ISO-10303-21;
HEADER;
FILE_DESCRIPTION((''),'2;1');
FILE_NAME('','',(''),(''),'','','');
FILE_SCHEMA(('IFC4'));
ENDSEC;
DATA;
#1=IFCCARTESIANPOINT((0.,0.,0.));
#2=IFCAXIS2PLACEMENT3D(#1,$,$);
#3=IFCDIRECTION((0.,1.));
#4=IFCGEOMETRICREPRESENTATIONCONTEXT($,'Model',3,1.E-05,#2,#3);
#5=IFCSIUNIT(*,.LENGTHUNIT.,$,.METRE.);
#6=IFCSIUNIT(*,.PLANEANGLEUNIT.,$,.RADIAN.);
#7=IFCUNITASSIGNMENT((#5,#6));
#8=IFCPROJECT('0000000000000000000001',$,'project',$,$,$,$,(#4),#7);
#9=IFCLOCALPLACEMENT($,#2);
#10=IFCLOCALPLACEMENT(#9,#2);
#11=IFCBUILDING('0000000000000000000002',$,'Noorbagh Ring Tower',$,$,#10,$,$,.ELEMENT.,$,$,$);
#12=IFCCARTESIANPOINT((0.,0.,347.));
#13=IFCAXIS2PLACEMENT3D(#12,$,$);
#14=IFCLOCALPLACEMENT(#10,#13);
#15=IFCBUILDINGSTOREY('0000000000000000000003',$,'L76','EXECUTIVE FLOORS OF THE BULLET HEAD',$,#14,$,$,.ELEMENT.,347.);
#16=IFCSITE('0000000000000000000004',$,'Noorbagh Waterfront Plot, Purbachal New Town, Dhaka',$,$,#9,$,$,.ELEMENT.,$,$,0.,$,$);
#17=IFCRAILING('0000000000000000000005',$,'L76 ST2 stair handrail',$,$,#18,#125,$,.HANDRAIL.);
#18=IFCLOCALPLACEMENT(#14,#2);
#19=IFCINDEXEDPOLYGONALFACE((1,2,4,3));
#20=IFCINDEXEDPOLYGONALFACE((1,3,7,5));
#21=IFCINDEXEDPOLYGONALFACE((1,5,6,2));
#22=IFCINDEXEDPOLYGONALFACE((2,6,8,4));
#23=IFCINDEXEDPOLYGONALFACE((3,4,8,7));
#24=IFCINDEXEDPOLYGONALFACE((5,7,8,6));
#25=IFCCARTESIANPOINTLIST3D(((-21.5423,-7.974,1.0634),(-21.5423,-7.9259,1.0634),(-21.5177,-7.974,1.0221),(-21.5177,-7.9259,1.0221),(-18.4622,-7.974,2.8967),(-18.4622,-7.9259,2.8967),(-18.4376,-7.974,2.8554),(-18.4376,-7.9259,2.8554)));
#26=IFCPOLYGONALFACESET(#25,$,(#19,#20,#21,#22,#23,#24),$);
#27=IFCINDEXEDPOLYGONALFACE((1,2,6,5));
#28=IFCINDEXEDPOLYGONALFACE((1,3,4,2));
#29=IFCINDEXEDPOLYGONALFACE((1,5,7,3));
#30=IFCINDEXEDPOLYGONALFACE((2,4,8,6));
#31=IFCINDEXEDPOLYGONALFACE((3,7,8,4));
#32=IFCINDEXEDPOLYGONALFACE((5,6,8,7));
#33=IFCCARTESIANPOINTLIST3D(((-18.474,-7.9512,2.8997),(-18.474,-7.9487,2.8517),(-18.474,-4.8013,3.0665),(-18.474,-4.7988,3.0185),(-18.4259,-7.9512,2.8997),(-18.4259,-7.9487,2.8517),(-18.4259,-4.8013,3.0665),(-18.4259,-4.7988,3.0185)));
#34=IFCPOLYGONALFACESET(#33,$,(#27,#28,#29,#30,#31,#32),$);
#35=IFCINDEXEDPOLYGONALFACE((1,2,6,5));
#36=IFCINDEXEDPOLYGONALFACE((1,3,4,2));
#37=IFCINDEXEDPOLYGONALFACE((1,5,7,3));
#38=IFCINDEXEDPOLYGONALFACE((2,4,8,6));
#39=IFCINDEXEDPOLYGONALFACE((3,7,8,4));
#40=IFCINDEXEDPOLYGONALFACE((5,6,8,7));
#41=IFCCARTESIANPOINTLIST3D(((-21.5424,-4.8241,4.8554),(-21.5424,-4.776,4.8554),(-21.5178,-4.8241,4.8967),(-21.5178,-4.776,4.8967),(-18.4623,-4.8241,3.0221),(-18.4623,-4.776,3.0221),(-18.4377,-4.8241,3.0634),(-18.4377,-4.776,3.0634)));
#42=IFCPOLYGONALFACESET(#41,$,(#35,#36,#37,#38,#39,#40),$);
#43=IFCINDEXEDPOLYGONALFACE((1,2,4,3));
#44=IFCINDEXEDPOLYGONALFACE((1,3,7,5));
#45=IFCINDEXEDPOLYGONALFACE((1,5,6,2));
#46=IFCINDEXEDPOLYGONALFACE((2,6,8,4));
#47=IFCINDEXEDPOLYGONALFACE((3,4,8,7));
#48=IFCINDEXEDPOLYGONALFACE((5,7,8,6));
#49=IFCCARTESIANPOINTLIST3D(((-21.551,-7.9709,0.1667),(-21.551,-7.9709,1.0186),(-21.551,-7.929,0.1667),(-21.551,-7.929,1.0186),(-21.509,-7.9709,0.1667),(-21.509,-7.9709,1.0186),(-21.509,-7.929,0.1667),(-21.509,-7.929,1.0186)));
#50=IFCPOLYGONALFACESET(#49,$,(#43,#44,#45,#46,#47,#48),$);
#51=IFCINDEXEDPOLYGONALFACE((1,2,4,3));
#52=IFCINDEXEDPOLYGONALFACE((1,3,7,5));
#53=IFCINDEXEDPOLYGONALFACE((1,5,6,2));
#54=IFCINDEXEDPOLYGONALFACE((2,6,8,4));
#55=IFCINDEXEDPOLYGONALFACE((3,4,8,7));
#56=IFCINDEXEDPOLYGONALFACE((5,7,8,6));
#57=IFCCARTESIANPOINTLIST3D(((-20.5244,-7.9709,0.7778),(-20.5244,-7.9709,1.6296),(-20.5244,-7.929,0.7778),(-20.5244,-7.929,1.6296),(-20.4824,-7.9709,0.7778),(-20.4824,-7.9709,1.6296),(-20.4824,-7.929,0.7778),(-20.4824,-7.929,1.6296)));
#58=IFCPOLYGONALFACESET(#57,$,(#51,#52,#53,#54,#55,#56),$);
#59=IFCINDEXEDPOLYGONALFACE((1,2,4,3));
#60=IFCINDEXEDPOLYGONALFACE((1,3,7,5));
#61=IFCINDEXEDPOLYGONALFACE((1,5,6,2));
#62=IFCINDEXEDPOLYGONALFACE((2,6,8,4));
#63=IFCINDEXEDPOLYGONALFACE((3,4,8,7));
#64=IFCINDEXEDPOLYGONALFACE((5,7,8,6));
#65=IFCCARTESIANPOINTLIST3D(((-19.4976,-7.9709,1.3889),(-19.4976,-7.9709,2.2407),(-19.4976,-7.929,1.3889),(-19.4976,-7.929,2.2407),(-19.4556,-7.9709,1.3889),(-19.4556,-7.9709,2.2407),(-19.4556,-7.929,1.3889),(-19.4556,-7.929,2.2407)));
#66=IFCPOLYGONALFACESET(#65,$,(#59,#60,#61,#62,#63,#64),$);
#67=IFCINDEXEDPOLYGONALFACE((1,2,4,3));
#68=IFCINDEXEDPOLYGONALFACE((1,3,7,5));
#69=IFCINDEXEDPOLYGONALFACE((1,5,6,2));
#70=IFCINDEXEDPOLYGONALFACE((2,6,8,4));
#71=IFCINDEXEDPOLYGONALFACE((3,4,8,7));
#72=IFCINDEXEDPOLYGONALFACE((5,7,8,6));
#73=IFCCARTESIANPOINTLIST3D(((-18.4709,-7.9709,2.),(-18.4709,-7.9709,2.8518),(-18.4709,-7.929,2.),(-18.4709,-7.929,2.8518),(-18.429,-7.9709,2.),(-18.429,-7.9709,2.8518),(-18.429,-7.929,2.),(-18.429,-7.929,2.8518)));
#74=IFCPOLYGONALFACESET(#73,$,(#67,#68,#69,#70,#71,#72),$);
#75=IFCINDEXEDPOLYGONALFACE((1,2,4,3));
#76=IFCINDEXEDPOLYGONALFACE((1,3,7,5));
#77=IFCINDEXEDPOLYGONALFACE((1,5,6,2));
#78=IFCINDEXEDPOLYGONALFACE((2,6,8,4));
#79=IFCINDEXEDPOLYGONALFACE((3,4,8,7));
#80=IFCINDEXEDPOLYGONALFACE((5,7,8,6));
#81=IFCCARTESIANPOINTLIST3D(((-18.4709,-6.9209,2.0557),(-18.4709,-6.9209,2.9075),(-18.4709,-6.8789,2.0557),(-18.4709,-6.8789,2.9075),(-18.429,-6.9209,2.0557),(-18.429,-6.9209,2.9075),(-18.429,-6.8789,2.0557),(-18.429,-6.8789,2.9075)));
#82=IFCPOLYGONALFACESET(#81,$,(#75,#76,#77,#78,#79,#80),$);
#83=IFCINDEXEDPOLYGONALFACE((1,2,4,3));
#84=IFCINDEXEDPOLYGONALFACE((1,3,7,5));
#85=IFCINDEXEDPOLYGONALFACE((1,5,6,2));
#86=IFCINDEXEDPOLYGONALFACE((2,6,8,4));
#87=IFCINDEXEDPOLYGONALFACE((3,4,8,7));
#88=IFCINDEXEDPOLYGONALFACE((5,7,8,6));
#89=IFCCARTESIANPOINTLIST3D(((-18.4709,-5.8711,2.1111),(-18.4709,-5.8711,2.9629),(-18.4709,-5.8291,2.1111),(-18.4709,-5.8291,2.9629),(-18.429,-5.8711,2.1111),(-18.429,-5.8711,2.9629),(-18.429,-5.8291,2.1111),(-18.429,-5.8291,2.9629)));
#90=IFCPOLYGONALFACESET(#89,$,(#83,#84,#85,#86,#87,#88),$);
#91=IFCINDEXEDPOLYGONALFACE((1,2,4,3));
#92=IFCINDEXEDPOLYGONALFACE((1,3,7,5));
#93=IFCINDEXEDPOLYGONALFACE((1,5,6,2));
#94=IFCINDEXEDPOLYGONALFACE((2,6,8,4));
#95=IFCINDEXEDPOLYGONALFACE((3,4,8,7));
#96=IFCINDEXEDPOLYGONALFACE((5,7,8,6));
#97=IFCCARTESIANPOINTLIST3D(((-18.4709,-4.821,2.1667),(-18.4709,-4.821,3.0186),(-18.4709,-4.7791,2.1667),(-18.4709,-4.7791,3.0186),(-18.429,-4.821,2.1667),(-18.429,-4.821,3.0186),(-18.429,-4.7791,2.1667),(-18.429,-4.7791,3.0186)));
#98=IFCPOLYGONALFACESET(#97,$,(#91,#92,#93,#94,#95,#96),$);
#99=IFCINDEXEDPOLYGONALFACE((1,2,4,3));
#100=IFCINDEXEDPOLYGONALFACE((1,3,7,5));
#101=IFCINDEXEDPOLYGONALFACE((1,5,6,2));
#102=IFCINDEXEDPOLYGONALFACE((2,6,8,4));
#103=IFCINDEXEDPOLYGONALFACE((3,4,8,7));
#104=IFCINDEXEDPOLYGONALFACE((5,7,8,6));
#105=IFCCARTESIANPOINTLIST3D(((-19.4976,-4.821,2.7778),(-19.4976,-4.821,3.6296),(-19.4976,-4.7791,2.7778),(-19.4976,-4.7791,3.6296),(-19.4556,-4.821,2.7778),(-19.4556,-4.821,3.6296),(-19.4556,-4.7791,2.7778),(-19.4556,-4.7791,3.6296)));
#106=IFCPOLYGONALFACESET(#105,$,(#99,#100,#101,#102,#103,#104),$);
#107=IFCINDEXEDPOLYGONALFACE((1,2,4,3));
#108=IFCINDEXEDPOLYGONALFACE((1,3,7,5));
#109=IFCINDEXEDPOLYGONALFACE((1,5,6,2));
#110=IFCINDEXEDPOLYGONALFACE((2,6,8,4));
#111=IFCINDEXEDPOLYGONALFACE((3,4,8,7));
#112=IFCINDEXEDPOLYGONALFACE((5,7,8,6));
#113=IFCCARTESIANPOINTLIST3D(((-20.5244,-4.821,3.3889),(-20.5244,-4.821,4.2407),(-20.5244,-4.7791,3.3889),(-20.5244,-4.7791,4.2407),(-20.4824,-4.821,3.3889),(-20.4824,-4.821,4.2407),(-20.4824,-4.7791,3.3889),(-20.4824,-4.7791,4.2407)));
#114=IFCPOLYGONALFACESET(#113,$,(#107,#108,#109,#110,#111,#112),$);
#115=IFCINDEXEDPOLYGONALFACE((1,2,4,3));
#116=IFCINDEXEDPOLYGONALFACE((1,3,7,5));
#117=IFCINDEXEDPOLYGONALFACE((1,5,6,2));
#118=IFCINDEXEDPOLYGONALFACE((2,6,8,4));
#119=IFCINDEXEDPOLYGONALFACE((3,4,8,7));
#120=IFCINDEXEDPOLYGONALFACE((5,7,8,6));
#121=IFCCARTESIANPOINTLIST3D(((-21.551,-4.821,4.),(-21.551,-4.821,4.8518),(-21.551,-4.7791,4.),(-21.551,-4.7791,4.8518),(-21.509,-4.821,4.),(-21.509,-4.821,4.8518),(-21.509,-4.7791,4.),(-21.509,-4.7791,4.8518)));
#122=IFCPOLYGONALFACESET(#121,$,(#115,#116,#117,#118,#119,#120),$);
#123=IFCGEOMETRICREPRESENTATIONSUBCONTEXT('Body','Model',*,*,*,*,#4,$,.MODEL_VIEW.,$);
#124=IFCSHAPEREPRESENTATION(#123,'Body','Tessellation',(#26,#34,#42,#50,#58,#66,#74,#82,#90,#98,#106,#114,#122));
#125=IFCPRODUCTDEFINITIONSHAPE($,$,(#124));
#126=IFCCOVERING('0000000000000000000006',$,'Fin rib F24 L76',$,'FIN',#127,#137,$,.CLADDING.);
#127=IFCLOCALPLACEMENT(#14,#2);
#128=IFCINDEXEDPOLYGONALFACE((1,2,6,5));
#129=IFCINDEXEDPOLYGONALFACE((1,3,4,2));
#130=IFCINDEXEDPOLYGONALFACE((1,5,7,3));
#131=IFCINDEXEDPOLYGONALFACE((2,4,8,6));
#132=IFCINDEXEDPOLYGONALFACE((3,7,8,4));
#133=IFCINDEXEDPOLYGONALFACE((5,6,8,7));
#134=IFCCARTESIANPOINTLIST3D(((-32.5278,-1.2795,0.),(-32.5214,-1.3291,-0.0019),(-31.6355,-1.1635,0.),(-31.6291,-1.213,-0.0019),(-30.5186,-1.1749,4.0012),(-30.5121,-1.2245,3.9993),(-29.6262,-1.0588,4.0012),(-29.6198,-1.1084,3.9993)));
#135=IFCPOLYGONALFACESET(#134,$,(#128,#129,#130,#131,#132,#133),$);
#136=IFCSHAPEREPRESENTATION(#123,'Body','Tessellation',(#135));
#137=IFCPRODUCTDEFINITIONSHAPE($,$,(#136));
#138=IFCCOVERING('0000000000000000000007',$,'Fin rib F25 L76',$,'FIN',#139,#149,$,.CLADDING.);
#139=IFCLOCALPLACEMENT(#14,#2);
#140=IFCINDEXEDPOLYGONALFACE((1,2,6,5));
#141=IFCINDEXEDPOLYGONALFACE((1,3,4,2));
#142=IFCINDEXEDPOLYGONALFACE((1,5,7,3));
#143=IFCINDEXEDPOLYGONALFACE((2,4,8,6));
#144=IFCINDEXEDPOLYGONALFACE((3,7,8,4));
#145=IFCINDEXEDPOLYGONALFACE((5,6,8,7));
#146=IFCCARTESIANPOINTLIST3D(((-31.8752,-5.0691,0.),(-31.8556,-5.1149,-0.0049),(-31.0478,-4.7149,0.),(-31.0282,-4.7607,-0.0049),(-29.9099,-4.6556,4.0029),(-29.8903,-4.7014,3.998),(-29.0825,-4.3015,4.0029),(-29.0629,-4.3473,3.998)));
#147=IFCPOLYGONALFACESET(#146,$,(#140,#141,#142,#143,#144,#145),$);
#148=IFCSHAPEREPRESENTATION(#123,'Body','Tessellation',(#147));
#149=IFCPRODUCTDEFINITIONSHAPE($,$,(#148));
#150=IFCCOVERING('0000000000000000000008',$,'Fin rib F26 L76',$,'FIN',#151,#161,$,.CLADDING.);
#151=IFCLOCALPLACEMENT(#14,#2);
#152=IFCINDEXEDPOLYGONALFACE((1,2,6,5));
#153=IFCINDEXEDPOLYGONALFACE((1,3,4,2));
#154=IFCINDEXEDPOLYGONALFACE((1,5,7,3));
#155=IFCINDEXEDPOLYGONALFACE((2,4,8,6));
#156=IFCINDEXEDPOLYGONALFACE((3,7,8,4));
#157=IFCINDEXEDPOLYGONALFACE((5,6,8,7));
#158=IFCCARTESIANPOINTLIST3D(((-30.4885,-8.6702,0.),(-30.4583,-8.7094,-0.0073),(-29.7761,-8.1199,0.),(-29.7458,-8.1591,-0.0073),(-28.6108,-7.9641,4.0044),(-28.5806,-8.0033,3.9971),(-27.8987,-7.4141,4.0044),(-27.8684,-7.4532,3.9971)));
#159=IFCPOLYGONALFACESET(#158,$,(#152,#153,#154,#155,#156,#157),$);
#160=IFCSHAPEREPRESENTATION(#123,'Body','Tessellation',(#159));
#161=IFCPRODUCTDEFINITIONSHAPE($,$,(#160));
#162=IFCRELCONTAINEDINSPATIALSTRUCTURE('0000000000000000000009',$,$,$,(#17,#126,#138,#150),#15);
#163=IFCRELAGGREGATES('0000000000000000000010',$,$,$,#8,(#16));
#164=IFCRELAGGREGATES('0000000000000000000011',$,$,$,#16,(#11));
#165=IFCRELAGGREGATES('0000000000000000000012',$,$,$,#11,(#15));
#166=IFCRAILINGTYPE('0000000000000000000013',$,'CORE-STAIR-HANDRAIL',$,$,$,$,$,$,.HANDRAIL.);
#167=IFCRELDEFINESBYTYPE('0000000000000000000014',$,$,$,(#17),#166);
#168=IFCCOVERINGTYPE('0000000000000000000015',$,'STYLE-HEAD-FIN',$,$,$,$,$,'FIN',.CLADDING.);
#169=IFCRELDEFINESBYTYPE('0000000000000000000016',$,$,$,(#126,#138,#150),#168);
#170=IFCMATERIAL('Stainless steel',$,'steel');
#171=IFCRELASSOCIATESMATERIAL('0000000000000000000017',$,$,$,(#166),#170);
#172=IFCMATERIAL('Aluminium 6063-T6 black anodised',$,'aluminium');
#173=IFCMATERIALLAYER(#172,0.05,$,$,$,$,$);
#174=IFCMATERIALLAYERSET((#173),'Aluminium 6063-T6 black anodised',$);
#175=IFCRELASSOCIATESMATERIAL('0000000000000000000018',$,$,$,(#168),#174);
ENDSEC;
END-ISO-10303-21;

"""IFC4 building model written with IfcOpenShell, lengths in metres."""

from ifc_helpers import new_model, si_unit, direction, frame, origin, origin_2d, place, context, subcontext, project, spatial, polyline, rectangle, outline, extrude, material, layer, layer_set, type_object, element, save


model = new_model("IFC4")

# Units and contexts
model_context = context("Model", 3, precision=1e-05, world=origin(), true_north=direction((0.0, 1.0)))
body_context = subcontext(model_context, "Body", "Model", "MODEL_VIEW")
ifc_project = project(units=[si_unit("LENGTHUNIT", "METRE"), si_unit("PLANEANGLEUNIT", "RADIAN")], contexts=[model_context])

# Site, building, storey
site_placement = place(None, origin())
site = spatial("IfcSite", under=ifc_project, at=site_placement, Name="Noorbagh Waterfront Plot, Purbachal New Town, Dhaka", CompositionType="ELEMENT", RefElevation=0.0)
building_placement = place(site_placement, origin())
building = spatial("IfcBuilding", under=site, at=building_placement, Name="Noorbagh Ring Tower", CompositionType="ELEMENT")
storey_placement = place(building_placement, frame((0.0, 0.0, 347.0)))
storey = spatial("IfcBuildingStorey", under=building, at=storey_placement, Name="L76", Description="EXECUTIVE FLOORS OF THE BULLET HEAD", CompositionType="ELEMENT", Elevation=347.0)

# Railing
ifc_material_1 = material(Name="Stainless steel", Category="steel")
railing_type_1 = type_object("IfcRailingType", Name="CORE-STAIR-HANDRAIL", PredefinedType="HANDRAIL", material=ifc_material_1)
railing_1_placement = place(storey_placement, frame((-21.53, -7.95, 0.1667)))
element("IfcRailing", 1, at=railing_1_placement, inside=storey, type_object=railing_type_1, Name="L76 ST2 stair handrail", PredefinedType="HANDRAIL", context=body_context, shape_type="SweptSolid", body=[
    extrude(rectangle(XDim=0.0481, YDim=0.0481, at=origin_2d()), frame((0.0, 0.0, 0.876), z_axis=(0.859309, 0.0, 0.511458), x_axis=(0.0, 1.0, 0.0)), (0.0, 0.0, 1.0), 3.5845),
    extrude(rectangle(XDim=0.0481, YDim=0.0481, at=origin_2d()), frame((3.0801, 0.0, 2.709), z_axis=(0.0, 0.998602, 0.052864), x_axis=(-1.0, 0.0, 0.0)), (0.0, 0.0, 1.0), 3.1543),
    extrude(rectangle(XDim=0.0481, YDim=0.0481, at=origin_2d()), frame((3.0801, 3.1499, 2.876), z_axis=(-0.859309, 0.0, 0.511458), x_axis=(0.0, -1.0, 0.0)), (0.0, 0.0, 1.0), 3.5845),
    extrude(rectangle(XDim=0.042, YDim=0.042, at=origin_2d()), origin(), (0.0, 0.0, 1.0), 0.8518),
    extrude(rectangle(XDim=0.042, YDim=0.042, at=origin_2d()), frame((1.0266, 0.0, 0.6111)), (0.0, 0.0, 1.0), 0.8518),
    extrude(rectangle(XDim=0.042, YDim=0.042, at=origin_2d()), frame((2.0535, 0.0, 1.2222)), (0.0, 0.0, 1.0), 0.8518),
    extrude(rectangle(XDim=0.042, YDim=0.042, at=origin_2d()), frame((3.0801, 0.0, 1.8333)), (0.0, 0.0, 1.0), 0.8518),
    extrude(rectangle(XDim=0.042, YDim=0.042, at=origin_2d()), frame((3.0801, 1.05, 1.8889)), (0.0, 0.0, 1.0), 0.8518),
    extrude(rectangle(XDim=0.042, YDim=0.042, at=origin_2d()), frame((3.0801, 2.0999, 1.9443)), (0.0, 0.0, 1.0), 0.8518),
    extrude(rectangle(XDim=0.042, YDim=0.042, at=origin_2d()), frame((3.0801, 3.1499, 2.0)), (0.0, 0.0, 1.0), 0.8518),
    extrude(rectangle(XDim=0.042, YDim=0.042, at=origin_2d()), frame((2.0535, 3.1499, 2.6111)), (0.0, 0.0, 1.0), 0.8518),
    extrude(rectangle(XDim=0.042, YDim=0.042, at=origin_2d()), frame((1.0266, 3.1499, 3.2222)), (0.0, 0.0, 1.0), 0.8518),
    extrude(rectangle(XDim=0.042, YDim=0.042, at=origin_2d()), frame((0.0, 3.1499, 3.8333)), (0.0, 0.0, 1.0), 0.8518),
])

# Coverings
ifc_material_2 = material(Name="Aluminium 6063-T6 black anodised", Category="aluminium")
ifc_layer_1 = layer(ifc_material_2, 0.05)
ifc_layer_set_1 = layer_set([ifc_layer_1], Name="Aluminium 6063-T6 black anodised")
covering_type_1 = type_object("IfcCoveringType", Name="STYLE-HEAD-FIN", ElementType="FIN", PredefinedType="CLADDING", material=ifc_layer_set_1)
covering_1_placement = place(storey_placement, frame((-32.5278, -1.2795, 0.0), z_axis=(-0.128911, 0.990896, 0.038827), x_axis=(0.448636, 0.023358, 0.893409)))
element("IfcCovering", 2, at=covering_1_placement, inside=storey, type_object=covering_type_1, Name="Fin rib F24 L76", ObjectType="FIN", PredefinedType="CLADDING", context=body_context, shape_type="SweptSolid", body=[
    extrude(outline(polyline([(0.0, 0.0), (4.4786, 0.0), (4.8817, 0.8046), (0.403, 0.8045), (0.0, 0.0)])), origin(), (0.0, 0.0, -1.0), 0.05),
])
covering_2_placement = place(storey_placement, frame((-31.8752, -5.0691, 0.0), z_axis=(-0.391592, 0.914931, 0.097761), x_axis=(0.438846, 0.092324, 0.893807)))
element("IfcCovering", 3, at=covering_2_placement, inside=storey, type_object=covering_type_1, Name="Fin rib F25 L76", ObjectType="FIN", PredefinedType="CLADDING", context=body_context, shape_type="SweptSolid", body=[
    extrude(outline(polyline([(0.0, 0.0), (4.4785, 0.0), (4.8743, 0.8082), (0.3958, 0.8083), (0.0, 0.0)])), origin(), (0.0, 0.0, -1.0), 0.05),
])
covering_3_placement = place(storey_placement, frame((-30.4885, -8.6702, 0.0), z_axis=(-0.604781, 0.782981, 0.145536), x_axis=(0.419244, 0.157641, 0.894083)))
element("IfcCovering", 4, at=covering_3_placement, inside=storey, type_object=covering_type_1, Name="Fin rib F26 L76", ObjectType="FIN", PredefinedType="CLADDING", context=body_context, shape_type="SweptSolid", body=[
    extrude(outline(polyline([(0.0, 0.0), (4.4788, 0.0), (4.864, 0.8132), (0.3854, 0.8135), (0.0, 0.0)])), origin(), (0.0, 0.0, -1.0), 0.05),
])

save(model, "model.ifc")
